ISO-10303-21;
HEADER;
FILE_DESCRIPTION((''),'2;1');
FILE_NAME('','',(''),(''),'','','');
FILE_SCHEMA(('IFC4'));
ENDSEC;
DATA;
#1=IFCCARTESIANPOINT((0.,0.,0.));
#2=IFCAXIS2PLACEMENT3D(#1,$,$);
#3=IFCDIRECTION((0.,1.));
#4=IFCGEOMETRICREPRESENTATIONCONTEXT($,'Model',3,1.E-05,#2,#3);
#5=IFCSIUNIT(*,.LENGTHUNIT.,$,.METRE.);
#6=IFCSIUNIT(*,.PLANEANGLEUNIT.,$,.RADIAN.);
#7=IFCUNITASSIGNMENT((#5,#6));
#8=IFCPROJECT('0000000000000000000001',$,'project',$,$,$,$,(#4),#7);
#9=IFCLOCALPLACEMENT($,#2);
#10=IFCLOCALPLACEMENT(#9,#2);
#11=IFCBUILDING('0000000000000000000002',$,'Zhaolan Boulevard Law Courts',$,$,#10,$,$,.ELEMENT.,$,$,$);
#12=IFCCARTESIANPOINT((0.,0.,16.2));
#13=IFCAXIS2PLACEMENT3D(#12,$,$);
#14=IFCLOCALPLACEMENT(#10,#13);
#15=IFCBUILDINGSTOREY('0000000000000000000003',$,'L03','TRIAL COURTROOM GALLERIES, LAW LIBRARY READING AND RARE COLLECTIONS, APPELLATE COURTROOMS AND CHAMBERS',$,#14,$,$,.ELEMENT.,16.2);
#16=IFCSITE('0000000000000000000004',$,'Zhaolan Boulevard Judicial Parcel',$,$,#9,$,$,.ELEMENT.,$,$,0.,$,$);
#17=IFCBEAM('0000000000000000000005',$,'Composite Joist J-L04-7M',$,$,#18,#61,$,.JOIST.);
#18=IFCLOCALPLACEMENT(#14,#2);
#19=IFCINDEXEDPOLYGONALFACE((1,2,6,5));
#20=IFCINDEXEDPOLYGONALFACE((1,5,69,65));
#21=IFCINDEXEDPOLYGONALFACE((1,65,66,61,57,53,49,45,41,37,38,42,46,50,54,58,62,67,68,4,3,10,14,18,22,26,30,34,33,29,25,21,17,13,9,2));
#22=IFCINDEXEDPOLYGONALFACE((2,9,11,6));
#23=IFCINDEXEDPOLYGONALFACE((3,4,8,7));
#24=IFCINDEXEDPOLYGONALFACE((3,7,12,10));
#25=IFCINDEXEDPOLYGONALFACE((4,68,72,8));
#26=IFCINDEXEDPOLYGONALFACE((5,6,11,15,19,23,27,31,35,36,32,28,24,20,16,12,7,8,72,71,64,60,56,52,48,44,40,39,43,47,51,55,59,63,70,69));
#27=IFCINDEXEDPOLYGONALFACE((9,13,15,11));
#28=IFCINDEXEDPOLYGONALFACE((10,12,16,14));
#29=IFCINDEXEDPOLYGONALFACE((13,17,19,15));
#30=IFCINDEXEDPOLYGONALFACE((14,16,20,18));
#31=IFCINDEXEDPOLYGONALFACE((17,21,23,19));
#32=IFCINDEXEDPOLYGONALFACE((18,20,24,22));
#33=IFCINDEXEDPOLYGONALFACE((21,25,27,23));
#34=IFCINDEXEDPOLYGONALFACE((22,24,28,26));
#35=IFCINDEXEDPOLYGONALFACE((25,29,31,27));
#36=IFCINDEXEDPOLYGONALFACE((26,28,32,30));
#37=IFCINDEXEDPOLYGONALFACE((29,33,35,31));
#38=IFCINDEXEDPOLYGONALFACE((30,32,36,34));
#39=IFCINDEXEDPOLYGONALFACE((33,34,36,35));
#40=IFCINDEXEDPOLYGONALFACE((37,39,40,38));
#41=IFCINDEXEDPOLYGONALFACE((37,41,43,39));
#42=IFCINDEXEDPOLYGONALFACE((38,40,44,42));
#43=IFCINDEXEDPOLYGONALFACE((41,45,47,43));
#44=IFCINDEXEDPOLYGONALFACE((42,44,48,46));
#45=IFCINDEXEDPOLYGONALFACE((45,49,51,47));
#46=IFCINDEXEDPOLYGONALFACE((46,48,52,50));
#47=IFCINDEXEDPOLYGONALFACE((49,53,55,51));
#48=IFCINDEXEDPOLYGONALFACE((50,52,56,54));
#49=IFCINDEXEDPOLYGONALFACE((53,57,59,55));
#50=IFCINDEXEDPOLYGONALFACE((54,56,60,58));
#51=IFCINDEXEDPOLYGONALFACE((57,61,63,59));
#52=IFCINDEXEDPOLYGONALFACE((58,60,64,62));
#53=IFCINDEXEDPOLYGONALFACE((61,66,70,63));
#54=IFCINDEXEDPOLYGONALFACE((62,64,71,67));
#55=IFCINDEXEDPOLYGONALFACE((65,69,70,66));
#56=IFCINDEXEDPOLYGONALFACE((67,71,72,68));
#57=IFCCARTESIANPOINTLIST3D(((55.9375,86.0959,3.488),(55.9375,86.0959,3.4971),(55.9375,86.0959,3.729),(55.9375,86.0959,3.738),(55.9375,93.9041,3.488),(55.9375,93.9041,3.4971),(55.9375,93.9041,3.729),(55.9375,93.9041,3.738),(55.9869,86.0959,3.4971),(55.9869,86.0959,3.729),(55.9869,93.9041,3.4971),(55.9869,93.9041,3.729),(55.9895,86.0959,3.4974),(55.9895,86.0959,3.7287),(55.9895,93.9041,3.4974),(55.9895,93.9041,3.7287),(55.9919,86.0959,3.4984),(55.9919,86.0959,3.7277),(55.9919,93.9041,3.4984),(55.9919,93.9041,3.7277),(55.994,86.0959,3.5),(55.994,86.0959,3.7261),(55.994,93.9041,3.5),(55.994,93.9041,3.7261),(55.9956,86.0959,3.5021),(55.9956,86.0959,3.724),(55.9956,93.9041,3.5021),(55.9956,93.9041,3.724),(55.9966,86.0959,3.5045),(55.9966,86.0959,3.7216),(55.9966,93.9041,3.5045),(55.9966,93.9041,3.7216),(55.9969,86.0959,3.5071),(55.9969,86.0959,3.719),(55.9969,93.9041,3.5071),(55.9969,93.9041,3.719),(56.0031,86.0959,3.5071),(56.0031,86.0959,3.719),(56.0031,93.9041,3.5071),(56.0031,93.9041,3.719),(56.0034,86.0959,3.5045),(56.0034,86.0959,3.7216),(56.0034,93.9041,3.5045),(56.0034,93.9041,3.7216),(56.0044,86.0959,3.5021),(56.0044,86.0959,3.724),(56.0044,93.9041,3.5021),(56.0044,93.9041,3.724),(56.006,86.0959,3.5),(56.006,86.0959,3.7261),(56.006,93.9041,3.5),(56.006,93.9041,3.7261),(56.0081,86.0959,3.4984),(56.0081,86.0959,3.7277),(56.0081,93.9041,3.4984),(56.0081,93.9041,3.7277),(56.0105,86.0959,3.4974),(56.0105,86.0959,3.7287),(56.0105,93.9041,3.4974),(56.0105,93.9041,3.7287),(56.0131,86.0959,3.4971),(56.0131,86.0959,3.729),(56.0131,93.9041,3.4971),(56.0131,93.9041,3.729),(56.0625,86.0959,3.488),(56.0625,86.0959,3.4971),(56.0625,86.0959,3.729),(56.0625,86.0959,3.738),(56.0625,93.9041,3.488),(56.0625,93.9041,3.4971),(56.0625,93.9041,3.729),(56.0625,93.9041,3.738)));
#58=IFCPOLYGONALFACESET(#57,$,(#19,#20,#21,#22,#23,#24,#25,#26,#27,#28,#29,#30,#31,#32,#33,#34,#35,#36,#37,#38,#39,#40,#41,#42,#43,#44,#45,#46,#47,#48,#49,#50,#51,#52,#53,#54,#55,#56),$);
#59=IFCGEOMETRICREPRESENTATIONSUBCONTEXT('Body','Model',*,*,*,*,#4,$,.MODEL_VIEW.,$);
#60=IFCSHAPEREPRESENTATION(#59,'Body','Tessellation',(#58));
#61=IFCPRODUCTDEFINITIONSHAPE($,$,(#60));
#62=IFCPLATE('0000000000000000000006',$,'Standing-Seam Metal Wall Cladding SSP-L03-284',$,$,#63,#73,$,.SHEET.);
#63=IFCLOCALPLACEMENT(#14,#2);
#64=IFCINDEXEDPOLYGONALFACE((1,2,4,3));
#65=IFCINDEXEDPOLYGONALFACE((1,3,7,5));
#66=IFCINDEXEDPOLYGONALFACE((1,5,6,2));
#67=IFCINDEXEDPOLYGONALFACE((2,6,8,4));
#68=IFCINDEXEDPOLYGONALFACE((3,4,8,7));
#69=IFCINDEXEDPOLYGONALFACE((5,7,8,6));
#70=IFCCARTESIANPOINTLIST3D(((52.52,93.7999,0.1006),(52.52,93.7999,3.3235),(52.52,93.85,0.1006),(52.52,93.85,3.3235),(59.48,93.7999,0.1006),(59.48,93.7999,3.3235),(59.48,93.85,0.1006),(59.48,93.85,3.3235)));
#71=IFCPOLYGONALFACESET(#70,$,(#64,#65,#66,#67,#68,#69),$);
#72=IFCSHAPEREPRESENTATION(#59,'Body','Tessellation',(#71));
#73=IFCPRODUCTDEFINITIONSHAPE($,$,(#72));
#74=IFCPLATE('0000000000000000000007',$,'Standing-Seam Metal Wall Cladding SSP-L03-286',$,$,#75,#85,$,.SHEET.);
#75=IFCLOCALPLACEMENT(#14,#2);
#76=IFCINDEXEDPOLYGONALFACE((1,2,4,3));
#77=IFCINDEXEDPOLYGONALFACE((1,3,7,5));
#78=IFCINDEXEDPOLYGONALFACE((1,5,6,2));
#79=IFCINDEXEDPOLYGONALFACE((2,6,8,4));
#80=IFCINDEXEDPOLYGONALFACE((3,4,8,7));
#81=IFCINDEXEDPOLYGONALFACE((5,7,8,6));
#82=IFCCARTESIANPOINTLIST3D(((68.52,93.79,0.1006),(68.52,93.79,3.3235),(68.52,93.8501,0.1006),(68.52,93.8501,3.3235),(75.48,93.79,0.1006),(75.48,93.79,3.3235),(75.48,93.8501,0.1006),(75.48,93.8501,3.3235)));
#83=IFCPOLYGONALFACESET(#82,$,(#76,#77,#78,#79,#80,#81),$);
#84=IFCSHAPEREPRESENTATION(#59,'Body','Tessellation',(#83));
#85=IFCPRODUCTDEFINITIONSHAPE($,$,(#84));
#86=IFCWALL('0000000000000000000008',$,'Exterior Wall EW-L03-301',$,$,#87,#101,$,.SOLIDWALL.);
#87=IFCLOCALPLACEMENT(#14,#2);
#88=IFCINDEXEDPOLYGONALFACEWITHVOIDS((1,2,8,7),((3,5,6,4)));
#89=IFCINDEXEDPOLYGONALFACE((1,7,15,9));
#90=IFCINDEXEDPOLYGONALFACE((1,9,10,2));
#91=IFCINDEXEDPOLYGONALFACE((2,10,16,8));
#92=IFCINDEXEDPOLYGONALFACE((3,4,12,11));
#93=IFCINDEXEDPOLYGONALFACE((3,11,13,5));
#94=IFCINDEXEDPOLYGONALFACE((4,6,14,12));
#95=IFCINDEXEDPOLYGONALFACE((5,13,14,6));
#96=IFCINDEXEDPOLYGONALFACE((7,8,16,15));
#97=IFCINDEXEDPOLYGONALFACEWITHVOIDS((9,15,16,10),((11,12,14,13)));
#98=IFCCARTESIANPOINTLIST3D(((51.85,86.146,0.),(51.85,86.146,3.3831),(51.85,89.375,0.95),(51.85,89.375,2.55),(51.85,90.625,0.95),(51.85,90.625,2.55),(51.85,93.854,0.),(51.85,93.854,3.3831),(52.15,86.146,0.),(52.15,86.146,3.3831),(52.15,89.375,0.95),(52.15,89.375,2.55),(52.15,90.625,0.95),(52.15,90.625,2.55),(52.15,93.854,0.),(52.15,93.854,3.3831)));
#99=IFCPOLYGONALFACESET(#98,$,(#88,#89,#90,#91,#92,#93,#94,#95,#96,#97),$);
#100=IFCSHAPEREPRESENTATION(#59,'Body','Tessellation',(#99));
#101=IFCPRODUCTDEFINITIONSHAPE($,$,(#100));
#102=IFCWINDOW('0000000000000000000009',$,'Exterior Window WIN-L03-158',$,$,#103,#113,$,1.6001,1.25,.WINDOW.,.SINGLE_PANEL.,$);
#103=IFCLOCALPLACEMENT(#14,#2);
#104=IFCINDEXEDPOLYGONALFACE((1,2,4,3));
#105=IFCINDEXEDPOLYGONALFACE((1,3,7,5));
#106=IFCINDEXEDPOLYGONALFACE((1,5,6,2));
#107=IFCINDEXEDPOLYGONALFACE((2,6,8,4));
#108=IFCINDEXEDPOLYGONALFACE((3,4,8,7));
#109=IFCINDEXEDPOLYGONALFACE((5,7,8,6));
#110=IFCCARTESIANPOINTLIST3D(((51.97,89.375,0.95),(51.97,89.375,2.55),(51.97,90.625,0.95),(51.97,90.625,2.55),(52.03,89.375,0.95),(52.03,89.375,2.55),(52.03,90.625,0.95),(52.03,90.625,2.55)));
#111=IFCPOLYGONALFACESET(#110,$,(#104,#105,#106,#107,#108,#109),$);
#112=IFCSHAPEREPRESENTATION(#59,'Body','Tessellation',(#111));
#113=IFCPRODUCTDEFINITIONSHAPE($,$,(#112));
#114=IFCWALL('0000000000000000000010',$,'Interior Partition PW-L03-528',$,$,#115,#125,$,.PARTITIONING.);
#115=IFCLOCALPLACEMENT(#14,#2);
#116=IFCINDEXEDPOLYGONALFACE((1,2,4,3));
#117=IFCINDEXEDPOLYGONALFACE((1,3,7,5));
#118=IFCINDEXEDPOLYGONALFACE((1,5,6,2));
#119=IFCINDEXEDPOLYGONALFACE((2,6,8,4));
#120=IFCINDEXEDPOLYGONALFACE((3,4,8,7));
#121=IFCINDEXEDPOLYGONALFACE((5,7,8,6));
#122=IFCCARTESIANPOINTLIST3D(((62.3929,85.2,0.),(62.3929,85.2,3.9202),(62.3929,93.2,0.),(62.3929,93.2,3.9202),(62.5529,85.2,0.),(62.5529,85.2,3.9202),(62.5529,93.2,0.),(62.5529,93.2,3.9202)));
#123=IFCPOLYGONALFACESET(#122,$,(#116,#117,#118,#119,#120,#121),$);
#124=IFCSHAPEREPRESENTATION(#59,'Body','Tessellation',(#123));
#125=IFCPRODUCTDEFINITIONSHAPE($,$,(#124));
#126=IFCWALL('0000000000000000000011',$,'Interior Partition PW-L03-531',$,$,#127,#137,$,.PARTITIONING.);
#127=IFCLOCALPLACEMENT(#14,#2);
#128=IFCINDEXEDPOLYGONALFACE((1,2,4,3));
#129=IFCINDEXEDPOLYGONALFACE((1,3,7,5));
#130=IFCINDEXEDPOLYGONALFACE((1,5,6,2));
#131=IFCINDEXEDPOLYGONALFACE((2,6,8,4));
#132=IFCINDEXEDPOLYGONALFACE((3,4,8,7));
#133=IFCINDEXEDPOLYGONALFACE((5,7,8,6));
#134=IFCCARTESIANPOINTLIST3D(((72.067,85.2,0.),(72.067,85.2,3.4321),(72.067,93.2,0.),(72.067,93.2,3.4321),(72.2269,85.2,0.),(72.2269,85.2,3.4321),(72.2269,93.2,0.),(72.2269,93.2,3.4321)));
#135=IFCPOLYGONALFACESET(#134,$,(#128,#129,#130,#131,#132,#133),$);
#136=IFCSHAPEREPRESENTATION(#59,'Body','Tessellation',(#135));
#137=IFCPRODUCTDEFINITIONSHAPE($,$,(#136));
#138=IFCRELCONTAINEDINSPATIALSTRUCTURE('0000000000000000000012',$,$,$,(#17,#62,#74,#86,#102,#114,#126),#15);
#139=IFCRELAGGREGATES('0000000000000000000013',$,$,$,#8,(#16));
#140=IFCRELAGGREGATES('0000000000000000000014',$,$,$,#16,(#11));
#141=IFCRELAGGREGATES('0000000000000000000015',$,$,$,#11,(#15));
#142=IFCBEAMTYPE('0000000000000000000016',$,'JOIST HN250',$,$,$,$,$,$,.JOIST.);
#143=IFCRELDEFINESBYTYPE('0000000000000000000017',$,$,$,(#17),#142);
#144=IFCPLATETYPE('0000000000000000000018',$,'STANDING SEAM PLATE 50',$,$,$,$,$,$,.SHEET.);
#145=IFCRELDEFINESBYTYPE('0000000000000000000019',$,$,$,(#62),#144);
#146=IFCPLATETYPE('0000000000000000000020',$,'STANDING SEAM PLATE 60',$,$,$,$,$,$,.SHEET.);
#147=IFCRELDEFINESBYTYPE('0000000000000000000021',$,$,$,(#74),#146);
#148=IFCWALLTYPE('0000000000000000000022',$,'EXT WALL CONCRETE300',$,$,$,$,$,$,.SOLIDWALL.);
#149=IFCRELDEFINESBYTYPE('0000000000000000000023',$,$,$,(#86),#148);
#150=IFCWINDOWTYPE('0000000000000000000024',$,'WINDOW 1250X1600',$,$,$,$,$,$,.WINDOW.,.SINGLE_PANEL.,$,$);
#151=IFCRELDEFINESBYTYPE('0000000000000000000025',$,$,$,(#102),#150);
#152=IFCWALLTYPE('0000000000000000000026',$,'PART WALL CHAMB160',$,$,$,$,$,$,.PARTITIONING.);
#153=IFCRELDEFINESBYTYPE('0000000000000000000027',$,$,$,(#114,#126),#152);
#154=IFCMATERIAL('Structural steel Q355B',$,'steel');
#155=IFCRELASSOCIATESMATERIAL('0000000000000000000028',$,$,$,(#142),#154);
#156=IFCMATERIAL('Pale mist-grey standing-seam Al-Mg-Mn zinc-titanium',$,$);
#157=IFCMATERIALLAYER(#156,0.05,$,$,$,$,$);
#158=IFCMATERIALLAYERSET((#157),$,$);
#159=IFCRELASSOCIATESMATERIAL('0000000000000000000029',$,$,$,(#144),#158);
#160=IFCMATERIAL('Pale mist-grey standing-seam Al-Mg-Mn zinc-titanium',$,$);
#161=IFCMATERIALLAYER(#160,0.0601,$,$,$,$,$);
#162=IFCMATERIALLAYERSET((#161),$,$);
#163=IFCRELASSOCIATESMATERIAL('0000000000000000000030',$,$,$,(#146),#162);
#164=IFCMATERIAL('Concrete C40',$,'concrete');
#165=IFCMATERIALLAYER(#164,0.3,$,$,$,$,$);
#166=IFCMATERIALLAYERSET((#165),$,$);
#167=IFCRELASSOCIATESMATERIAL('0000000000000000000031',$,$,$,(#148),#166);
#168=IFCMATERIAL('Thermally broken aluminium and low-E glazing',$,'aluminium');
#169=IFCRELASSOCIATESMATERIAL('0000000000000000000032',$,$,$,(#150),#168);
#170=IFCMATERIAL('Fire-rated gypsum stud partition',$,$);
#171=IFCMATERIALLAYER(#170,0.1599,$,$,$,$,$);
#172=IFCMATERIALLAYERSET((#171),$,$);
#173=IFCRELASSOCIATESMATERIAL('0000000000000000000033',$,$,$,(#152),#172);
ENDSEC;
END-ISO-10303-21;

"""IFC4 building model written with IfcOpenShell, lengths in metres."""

from ifc_helpers import new_model, si_unit, direction, frame, frame_2d, origin, origin_2d, place, context, subcontext, project, spatial, rectangle, i_section, extrude, material, layer, layer_set, material_profile, profile_set, type_object, element, fill, save


model = new_model("IFC4")

# Units and contexts
model_context = context("Model", 3, precision=1e-05, world=origin(), true_north=direction((0.0, 1.0)))
body_context = subcontext(model_context, "Body", "Model", "MODEL_VIEW")
ifc_project = project(units=[si_unit("LENGTHUNIT", "METRE"), si_unit("PLANEANGLEUNIT", "RADIAN")], contexts=[model_context])

# Site, building, storey
site_placement = place(None, origin())
site = spatial("IfcSite", under=ifc_project, at=site_placement, Name="Zhaolan Boulevard Judicial Parcel", CompositionType="ELEMENT", RefElevation=0.0)
building_placement = place(site_placement, origin())
building = spatial("IfcBuilding", under=site, at=building_placement, Name="Zhaolan Boulevard Law Courts", CompositionType="ELEMENT")
storey_placement = place(building_placement, frame((0.0, 0.0, 16.2)))
storey = spatial("IfcBuildingStorey", under=building, at=storey_placement, Name="L03", Description="TRIAL COURTROOM GALLERIES, LAW LIBRARY READING AND RARE COLLECTIONS, APPELLATE COURTROOMS AND CHAMBERS", CompositionType="ELEMENT", Elevation=16.2)

# Beam
ifc_material_1 = material(Name="Structural steel Q355B", Category="steel")
ifc_material_profile_1 = material_profile(ifc_material_1, i_section(OverallWidth=0.125, OverallDepth=0.25, WebThickness=0.0061, FlangeThickness=0.009, FilletRadius=0.01, at=origin_2d()), Name="HN250x125")
ifc_profile_set_1 = profile_set([ifc_material_profile_1], Name="Structural steel Q355B")
beam_type_1 = type_object("IfcBeamType", Name="JOIST HN250", PredefinedType="JOIST", material=ifc_profile_set_1)
beam_1_placement = place(storey_placement, frame((56.0, 86.0959, 3.613), z_axis=(0.0, 1.0, 0.0), x_axis=(-1.0, 0.0, 0.0)))
element("IfcBeam", 1, at=beam_1_placement, inside=storey, type_object=beam_type_1, Name="Composite Joist J-L04-7M", PredefinedType="JOIST", context=body_context, shape_type="SweptSolid", body=[
    extrude(i_section(OverallWidth=0.125, OverallDepth=0.25, WebThickness=0.0061, FlangeThickness=0.009, FilletRadius=0.01, at=origin_2d()), origin(), (0.0, 0.0, 1.0), 7.8081),
])

# Plates
ifc_material_2 = material(Name="Pale mist-grey standing-seam Al-Mg-Mn zinc-titanium")
ifc_layer_1 = layer(ifc_material_2, 0.05)
ifc_layer_set_1 = layer_set([ifc_layer_1])
plate_type_1 = type_object("IfcPlateType", Name="STANDING SEAM PLATE 50", PredefinedType="SHEET", material=ifc_layer_set_1)
plate_1_placement = place(storey_placement, frame((56.0, 93.825, 0.1006), z_axis=(0.0, 0.0, 1.0), x_axis=(-1.0, 0.0, 0.0)))
element("IfcPlate", 2, at=plate_1_placement, inside=storey, type_object=plate_type_1, Name="Standing-Seam Metal Wall Cladding SSP-L03-284", PredefinedType="SHEET", context=body_context, shape_type="SweptSolid", body=[
    extrude(rectangle(XDim=6.96, YDim=0.05, at=origin_2d()), origin(), (0.0, 0.0, 1.0), 3.2229),
])
ifc_material_3 = material(Name="Pale mist-grey standing-seam Al-Mg-Mn zinc-titanium")
ifc_layer_2 = layer(ifc_material_3, 0.0601)
ifc_layer_set_2 = layer_set([ifc_layer_2])
plate_type_2 = type_object("IfcPlateType", Name="STANDING SEAM PLATE 60", PredefinedType="SHEET", material=ifc_layer_set_2)
plate_2_placement = place(storey_placement, frame((72.0, 93.8201, 0.1006), z_axis=(0.0, 0.0, 1.0), x_axis=(-1.0, 0.0, 0.0)))
element("IfcPlate", 3, at=plate_2_placement, inside=storey, type_object=plate_type_2, Name="Standing-Seam Metal Wall Cladding SSP-L03-286", PredefinedType="SHEET", context=body_context, shape_type="SweptSolid", body=[
    extrude(rectangle(XDim=6.96, YDim=0.0601, at=origin_2d()), origin(), (0.0, 0.0, 1.0), 3.2229),
])

# Wall, opening, window
ifc_material_4 = material(Name="Concrete C40", Category="concrete")
ifc_layer_3 = layer(ifc_material_4, 0.3)
ifc_layer_set_3 = layer_set([ifc_layer_3])
wall_type_1 = type_object("IfcWallType", Name="EXT WALL CONCRETE300", PredefinedType="SOLIDWALL", material=ifc_layer_set_3)
wall_1_placement = place(storey_placement, frame((52.0, 93.854, 0.0), z_axis=(0.0, 0.0, 1.0), x_axis=(0.0, -1.0, 0.0)))
wall_1 = element("IfcWall", 4, at=wall_1_placement, inside=storey, type_object=wall_type_1, Name="Exterior Wall EW-L03-301", PredefinedType="SOLIDWALL", context=body_context, shape_type="SweptSolid", body=[
    extrude(rectangle(XDim=7.708, YDim=0.3, at=frame_2d((3.854, 0.0))), origin(), (0.0, 0.0, 1.0), 3.3831),
])
opening_placement = place(wall_1_placement, frame((3.229, 0.0, 0.95)))
opening = element("IfcOpeningElement", 5, at=opening_placement, cuts=wall_1, PredefinedType="OPENING", context=body_context, shape_type="SweptSolid", body=[
    extrude(rectangle(XDim=1.25, YDim=1.6001, at=frame_2d((0.625, 0.8))), frame((0.0, 0.1599, 0.0), z_axis=(0.0, -1.0, 0.0), x_axis=(1.0, 0.0, 0.0)), (0.0, 0.0, 1.0), 0.3201),
])
ifc_material_5 = material(Name="Thermally broken aluminium and low-E glazing", Category="aluminium")
window_type = type_object("IfcWindowType", Name="WINDOW 1250X1600", PartitioningType="SINGLE_PANEL", PredefinedType="WINDOW", material=ifc_material_5)
window_placement = place(opening_placement, origin())
window = element("IfcWindow", 6, at=window_placement, inside=storey, type_object=window_type, Name="Exterior Window WIN-L03-158", OverallHeight=1.6001, OverallWidth=1.25, PartitioningType="SINGLE_PANEL", PredefinedType="WINDOW", context=body_context, shape_type="SweptSolid", body=[
    extrude(rectangle(XDim=1.25, YDim=1.6001, at=frame_2d((0.625, 0.8))), frame((0.0, 0.03, 0.0), z_axis=(0.0, -1.0, 0.0), x_axis=(1.0, 0.0, 0.0)), (0.0, 0.0, 1.0), 0.0601),
])
fill(opening, window)

# Walls
ifc_material_6 = material(Name="Fire-rated gypsum stud partition")
ifc_layer_4 = layer(ifc_material_6, 0.1599)
ifc_layer_set_4 = layer_set([ifc_layer_4])
wall_type_2 = type_object("IfcWallType", Name="PART WALL CHAMB160", PredefinedType="PARTITIONING", material=ifc_layer_set_4)
wall_2_placement = place(storey_placement, frame((62.4729, 93.2, 0.0), z_axis=(0.0, 0.0, 1.0), x_axis=(0.0, -1.0, 0.0)))
element("IfcWall", 7, at=wall_2_placement, inside=storey, type_object=wall_type_2, Name="Interior Partition PW-L03-528", PredefinedType="PARTITIONING", context=body_context, shape_type="SweptSolid", body=[
    extrude(rectangle(XDim=8.0, YDim=0.1599, at=frame_2d((4.0, 0.0))), origin(), (0.0, 0.0, 1.0), 3.9202),
])
wall_3_placement = place(storey_placement, frame((72.147, 93.2, 0.0), z_axis=(0.0, 0.0, 1.0), x_axis=(0.0, -1.0, 0.0)))
element("IfcWall", 8, at=wall_3_placement, inside=storey, type_object=wall_type_2, Name="Interior Partition PW-L03-531", PredefinedType="PARTITIONING", context=body_context, shape_type="SweptSolid", body=[
    extrude(rectangle(XDim=8.0, YDim=0.1599, at=frame_2d((4.0, 0.0))), origin(), (0.0, 0.0, 1.0), 3.4321),
])

save(model, "model.ifc")
